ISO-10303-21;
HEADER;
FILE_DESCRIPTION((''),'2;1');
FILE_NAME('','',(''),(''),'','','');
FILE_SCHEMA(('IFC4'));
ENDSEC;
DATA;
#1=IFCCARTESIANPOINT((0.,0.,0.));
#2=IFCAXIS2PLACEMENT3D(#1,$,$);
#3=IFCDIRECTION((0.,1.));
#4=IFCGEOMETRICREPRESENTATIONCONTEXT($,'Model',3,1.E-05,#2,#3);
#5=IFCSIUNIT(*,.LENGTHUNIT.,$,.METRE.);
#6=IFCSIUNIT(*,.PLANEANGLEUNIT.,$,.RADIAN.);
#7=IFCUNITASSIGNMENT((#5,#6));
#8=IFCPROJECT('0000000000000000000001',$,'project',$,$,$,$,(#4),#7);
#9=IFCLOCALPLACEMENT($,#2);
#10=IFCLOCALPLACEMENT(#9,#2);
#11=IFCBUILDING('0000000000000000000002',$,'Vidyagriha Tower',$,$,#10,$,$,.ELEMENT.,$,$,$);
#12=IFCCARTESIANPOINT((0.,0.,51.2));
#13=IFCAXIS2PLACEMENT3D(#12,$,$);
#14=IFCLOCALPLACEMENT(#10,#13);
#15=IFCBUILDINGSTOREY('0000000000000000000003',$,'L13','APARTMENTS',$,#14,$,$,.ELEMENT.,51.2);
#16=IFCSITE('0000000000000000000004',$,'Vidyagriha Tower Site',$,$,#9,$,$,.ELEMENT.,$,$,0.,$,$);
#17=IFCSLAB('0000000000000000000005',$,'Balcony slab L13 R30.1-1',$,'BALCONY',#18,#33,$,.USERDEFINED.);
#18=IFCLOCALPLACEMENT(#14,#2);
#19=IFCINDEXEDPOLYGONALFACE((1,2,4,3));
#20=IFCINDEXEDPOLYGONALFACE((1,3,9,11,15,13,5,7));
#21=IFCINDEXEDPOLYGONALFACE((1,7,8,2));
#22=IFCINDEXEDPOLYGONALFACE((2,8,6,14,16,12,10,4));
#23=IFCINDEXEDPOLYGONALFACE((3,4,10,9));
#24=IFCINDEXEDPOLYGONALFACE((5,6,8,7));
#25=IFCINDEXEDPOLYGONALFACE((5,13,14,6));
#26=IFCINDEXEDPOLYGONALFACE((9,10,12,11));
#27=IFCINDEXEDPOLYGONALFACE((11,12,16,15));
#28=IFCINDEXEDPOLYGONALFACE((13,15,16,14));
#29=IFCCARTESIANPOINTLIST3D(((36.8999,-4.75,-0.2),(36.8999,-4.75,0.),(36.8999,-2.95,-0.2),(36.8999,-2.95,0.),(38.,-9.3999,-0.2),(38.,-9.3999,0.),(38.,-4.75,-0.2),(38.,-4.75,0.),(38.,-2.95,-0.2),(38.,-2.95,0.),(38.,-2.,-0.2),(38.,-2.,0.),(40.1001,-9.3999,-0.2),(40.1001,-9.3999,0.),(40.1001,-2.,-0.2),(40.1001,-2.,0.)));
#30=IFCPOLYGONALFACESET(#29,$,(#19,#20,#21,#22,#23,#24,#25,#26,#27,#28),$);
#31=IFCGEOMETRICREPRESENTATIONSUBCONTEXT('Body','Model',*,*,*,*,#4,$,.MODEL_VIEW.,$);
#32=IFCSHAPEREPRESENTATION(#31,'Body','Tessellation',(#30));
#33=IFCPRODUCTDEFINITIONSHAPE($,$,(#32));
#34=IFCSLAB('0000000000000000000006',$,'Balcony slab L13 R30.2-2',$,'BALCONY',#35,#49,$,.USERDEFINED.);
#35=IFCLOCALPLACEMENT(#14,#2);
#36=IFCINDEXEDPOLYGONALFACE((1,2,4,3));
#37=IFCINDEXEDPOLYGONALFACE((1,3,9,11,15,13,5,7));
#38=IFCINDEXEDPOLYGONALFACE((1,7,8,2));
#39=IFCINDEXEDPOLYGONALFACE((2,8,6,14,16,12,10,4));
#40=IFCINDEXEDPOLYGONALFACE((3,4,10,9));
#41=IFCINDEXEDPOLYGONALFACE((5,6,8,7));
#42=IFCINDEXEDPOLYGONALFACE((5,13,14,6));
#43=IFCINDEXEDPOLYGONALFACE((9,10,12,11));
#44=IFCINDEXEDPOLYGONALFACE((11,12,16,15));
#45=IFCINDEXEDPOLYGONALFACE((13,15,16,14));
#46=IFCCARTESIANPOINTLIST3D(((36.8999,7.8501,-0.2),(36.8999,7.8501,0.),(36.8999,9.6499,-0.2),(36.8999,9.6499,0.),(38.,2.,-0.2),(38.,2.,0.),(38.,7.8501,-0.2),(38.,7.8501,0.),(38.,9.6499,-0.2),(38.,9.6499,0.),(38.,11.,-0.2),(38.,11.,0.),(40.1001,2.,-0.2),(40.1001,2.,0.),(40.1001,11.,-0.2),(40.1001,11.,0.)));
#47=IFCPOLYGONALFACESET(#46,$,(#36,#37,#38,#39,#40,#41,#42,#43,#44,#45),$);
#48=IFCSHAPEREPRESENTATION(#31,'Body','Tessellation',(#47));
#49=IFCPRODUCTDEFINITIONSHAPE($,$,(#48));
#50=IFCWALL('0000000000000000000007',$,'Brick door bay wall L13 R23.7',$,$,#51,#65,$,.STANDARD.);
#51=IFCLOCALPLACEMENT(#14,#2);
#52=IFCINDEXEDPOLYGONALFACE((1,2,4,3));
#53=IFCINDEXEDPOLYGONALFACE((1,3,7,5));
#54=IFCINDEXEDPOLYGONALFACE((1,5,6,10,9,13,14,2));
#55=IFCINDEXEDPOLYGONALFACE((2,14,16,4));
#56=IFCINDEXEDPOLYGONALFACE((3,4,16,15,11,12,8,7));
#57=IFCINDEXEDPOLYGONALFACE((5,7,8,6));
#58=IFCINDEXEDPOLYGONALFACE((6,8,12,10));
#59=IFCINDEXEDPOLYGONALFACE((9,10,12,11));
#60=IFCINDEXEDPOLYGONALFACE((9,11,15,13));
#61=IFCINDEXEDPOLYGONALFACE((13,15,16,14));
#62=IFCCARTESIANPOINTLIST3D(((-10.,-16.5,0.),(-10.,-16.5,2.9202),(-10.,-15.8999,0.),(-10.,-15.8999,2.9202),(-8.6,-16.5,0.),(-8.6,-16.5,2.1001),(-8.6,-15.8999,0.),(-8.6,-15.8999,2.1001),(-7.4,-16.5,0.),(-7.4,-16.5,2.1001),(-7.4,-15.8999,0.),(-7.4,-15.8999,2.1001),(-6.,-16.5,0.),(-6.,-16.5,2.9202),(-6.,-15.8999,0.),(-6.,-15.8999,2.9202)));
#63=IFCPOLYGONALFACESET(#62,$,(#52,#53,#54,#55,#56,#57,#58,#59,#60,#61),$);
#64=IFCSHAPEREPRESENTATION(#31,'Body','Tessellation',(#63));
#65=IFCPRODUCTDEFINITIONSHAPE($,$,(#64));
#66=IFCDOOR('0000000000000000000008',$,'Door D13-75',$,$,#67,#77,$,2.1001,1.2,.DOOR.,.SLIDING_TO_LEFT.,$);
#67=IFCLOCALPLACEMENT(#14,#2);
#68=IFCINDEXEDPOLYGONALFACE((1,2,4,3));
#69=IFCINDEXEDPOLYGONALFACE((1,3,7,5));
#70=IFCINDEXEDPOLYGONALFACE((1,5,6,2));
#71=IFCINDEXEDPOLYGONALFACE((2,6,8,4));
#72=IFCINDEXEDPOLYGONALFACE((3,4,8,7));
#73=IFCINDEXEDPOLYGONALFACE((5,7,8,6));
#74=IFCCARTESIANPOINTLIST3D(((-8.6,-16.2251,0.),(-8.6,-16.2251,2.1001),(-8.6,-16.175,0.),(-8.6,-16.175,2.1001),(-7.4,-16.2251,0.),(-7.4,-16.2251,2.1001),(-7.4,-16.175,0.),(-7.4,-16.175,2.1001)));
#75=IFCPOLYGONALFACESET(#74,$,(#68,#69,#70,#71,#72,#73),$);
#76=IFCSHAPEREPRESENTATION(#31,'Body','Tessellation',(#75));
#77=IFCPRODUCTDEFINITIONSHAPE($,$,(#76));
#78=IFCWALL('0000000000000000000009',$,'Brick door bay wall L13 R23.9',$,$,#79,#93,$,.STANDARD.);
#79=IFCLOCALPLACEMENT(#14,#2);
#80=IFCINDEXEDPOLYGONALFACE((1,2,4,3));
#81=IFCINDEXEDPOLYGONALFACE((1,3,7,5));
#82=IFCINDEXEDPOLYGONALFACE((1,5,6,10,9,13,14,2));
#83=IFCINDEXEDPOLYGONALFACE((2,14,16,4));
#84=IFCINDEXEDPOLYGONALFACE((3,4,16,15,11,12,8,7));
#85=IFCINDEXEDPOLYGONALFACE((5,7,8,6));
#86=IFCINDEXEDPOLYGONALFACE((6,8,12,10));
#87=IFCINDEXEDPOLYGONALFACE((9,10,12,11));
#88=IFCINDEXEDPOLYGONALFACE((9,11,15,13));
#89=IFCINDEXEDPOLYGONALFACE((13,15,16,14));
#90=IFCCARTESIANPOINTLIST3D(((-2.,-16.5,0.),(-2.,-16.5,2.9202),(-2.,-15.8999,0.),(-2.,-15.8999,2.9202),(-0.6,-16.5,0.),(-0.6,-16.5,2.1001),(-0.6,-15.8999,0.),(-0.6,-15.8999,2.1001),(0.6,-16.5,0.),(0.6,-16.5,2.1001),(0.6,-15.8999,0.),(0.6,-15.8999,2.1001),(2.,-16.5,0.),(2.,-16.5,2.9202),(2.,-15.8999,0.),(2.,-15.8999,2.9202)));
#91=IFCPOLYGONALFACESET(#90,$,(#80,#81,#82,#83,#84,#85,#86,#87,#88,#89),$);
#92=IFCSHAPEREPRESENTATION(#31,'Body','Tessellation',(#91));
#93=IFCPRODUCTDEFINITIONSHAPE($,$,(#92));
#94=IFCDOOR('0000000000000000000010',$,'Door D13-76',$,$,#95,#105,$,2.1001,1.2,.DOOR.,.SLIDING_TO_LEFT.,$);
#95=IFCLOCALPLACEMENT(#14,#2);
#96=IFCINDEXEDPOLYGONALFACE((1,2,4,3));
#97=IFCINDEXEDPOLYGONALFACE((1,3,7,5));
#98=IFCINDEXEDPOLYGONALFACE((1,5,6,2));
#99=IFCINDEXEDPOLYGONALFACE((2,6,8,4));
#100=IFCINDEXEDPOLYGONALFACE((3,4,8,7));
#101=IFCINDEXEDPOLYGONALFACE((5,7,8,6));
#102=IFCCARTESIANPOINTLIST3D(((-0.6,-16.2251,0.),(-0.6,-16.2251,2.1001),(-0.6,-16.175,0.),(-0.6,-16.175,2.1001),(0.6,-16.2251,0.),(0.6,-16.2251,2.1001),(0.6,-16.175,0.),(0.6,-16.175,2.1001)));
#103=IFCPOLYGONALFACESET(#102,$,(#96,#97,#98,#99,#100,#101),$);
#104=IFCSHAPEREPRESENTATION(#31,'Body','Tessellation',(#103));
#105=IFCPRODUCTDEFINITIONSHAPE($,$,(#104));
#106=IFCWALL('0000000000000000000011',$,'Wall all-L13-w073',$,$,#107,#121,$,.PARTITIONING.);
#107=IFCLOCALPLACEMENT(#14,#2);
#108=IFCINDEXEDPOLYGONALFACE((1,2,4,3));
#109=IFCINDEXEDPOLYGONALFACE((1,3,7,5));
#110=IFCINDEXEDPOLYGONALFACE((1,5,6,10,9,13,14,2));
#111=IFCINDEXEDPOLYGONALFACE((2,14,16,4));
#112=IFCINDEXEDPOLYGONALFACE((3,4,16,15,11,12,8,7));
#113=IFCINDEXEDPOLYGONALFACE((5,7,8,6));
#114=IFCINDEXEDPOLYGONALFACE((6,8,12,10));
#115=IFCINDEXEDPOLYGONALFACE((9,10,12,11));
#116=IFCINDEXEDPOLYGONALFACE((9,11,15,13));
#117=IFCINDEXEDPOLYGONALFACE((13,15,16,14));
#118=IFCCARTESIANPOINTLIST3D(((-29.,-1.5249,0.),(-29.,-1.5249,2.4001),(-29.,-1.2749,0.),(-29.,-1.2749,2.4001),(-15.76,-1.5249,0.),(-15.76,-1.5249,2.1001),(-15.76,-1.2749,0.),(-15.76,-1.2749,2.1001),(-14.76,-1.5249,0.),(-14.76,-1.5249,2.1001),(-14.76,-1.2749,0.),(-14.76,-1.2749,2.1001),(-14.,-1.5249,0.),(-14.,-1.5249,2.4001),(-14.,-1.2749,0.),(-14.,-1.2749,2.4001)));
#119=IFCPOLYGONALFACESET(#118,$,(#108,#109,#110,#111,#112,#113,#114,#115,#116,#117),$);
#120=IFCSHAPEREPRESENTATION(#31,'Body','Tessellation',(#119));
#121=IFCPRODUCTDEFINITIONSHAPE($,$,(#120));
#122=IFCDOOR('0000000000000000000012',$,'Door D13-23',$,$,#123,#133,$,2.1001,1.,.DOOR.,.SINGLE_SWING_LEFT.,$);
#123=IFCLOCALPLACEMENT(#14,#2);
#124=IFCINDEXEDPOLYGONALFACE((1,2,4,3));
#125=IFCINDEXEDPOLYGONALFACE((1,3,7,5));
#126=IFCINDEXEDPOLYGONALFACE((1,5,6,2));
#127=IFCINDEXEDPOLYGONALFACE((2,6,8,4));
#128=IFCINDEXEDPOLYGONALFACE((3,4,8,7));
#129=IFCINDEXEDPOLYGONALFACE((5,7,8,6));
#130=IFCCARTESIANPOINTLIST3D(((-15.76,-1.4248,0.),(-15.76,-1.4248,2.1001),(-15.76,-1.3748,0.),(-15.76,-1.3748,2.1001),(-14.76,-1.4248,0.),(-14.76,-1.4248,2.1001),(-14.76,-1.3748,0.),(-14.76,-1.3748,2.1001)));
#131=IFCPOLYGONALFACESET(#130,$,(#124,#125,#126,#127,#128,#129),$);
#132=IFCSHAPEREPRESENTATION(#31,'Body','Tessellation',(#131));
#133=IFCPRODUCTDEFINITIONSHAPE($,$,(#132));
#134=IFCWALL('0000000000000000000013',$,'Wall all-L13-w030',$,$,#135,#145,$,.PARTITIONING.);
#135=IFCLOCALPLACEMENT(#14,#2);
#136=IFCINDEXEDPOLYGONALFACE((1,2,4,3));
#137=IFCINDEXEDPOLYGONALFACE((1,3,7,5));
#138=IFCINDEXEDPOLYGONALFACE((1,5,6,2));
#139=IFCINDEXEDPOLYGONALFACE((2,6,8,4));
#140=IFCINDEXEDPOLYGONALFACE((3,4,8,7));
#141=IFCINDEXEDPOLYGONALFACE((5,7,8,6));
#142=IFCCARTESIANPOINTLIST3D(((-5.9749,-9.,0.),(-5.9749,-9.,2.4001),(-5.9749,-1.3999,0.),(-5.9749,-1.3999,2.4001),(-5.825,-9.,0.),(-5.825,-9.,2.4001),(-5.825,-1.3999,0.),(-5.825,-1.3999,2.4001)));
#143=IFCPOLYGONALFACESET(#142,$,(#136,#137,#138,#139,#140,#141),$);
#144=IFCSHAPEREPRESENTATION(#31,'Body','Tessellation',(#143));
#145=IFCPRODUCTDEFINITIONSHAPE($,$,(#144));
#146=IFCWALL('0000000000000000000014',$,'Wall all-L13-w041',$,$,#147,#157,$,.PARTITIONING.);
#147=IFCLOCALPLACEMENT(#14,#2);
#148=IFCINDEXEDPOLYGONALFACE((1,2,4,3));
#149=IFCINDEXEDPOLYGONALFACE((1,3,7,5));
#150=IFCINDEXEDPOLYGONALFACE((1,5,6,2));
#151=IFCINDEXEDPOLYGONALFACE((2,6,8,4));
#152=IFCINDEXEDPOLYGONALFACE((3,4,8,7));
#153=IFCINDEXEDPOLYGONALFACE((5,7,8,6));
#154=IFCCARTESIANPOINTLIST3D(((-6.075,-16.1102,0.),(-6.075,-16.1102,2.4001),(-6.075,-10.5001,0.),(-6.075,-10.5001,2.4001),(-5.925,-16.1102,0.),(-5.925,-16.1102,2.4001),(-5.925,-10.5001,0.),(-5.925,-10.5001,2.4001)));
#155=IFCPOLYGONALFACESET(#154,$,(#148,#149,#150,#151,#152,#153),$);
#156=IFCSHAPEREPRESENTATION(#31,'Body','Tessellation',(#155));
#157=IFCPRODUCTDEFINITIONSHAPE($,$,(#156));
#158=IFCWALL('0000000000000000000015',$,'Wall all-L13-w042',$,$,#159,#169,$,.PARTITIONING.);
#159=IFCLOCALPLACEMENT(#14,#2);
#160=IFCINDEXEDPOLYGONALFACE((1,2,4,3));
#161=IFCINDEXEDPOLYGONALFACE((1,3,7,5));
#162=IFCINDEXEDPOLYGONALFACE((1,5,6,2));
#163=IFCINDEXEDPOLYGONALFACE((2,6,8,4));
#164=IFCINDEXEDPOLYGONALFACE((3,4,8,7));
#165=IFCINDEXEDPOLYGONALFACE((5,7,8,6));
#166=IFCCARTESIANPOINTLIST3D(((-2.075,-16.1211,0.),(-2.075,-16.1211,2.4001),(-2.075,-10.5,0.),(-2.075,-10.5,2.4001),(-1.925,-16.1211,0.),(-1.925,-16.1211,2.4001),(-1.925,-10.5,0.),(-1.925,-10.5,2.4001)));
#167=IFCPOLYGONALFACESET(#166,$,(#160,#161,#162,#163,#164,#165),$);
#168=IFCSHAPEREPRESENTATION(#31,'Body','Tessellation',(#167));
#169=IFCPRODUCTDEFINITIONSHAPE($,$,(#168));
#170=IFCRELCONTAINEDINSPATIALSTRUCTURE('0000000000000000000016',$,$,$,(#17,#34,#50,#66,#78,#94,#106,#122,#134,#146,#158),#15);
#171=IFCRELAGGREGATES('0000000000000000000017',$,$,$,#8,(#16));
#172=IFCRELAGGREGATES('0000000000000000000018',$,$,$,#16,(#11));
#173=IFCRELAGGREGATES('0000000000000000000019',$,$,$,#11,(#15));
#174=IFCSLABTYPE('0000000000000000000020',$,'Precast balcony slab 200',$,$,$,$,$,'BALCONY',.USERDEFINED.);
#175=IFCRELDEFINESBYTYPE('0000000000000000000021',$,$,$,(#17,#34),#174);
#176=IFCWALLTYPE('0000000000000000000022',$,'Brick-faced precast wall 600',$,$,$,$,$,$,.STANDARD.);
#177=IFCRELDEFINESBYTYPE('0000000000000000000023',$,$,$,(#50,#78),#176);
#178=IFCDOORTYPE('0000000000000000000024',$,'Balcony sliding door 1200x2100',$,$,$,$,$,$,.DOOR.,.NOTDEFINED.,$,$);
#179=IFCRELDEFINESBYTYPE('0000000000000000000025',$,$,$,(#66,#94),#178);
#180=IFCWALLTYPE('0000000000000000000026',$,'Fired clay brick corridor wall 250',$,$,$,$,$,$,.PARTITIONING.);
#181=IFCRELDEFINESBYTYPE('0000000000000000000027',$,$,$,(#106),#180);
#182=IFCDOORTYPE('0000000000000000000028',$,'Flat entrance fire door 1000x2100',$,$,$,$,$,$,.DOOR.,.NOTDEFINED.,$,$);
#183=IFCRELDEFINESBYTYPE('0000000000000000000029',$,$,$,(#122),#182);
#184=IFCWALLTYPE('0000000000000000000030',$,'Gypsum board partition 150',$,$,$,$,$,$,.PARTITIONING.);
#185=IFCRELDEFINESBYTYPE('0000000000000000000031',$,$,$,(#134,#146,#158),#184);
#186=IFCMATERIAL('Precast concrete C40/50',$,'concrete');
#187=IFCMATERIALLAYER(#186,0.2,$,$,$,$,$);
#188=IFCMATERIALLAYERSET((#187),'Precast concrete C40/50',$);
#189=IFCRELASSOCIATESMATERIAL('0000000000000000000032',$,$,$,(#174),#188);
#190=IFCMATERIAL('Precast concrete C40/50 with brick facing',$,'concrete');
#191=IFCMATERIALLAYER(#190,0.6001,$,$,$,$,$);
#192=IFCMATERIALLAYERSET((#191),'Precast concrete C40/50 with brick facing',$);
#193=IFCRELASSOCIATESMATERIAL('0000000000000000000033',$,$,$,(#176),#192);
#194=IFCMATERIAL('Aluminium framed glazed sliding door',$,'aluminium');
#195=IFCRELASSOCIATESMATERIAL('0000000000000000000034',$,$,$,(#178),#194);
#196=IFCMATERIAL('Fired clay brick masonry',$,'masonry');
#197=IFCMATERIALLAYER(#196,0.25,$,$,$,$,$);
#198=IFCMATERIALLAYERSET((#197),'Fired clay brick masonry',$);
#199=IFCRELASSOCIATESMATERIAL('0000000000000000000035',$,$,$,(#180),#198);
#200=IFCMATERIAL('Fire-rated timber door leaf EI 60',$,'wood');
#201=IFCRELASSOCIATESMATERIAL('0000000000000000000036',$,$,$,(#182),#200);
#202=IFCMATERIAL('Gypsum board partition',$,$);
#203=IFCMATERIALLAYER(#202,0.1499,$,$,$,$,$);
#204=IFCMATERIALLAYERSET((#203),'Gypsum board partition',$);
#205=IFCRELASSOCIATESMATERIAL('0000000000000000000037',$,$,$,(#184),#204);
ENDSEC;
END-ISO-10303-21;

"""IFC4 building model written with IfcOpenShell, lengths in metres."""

from ifc_helpers import new_model, si_unit, direction, frame, frame_2d, origin, place, context, subcontext, project, spatial, polyline, rectangle, outline, extrude, material, layer, layer_set, type_object, element, fill, save


model = new_model("IFC4")

# Units and contexts
model_context = context("Model", 3, precision=1e-05, world=origin(), true_north=direction((0.0, 1.0)))
body_context = subcontext(model_context, "Body", "Model", "MODEL_VIEW")
ifc_project = project(units=[si_unit("LENGTHUNIT", "METRE"), si_unit("PLANEANGLEUNIT", "RADIAN")], contexts=[model_context])

# Site, building, storey
site_placement = place(None, origin())
site = spatial("IfcSite", under=ifc_project, at=site_placement, Name="Vidyagriha Tower Site", CompositionType="ELEMENT", RefElevation=0.0)
building_placement = place(site_placement, origin())
building = spatial("IfcBuilding", under=site, at=building_placement, Name="Vidyagriha Tower", CompositionType="ELEMENT")
storey_placement = place(building_placement, frame((0.0, 0.0, 51.2)))
storey = spatial("IfcBuildingStorey", under=building, at=storey_placement, Name="L13", Description="APARTMENTS", CompositionType="ELEMENT", Elevation=51.2)

# Slabs
ifc_material_1 = material(Name="Precast concrete C40/50", Category="concrete")
ifc_layer_1 = layer(ifc_material_1, 0.2)
ifc_layer_set_1 = layer_set([ifc_layer_1], Name="Precast concrete C40/50")
slab_type_1 = type_object("IfcSlabType", Name="Precast balcony slab 200", ElementType="BALCONY", PredefinedType="USERDEFINED", material=ifc_layer_set_1)
slab_1_placement = place(storey_placement, frame((0.0, 0.0, -0.2)))
element("IfcSlab", 1, at=slab_1_placement, inside=storey, type_object=slab_type_1, Name="Balcony slab L13 R30.1-1", ObjectType="BALCONY", PredefinedType="USERDEFINED", context=body_context, shape_type="SweptSolid", body=[
    extrude(outline(polyline([(38.0, -4.75), (38.0, -9.3999), (40.1001, -9.3999), (40.1001, -2.0), (38.0, -2.0), (38.0, -2.95), (36.8999, -2.95), (36.8999, -4.75), (38.0, -4.75)])), origin(), (0.0, 0.0, 1.0), 0.2),
])
slab_2_placement = place(storey_placement, frame((0.0, 0.0, -0.2)))
element("IfcSlab", 2, at=slab_2_placement, inside=storey, type_object=slab_type_1, Name="Balcony slab L13 R30.2-2", ObjectType="BALCONY", PredefinedType="USERDEFINED", context=body_context, shape_type="SweptSolid", body=[
    extrude(outline(polyline([(38.0, 7.8501), (38.0, 2.0), (40.1001, 2.0), (40.1001, 11.0), (38.0, 11.0), (38.0, 9.6499), (36.8999, 9.6499), (36.8999, 7.8501), (38.0, 7.8501)])), origin(), (0.0, 0.0, 1.0), 0.2),
])

# Walls, openings, doors
ifc_material_2 = material(Name="Precast concrete C40/50 with brick facing", Category="concrete")
ifc_layer_2 = layer(ifc_material_2, 0.6001)
ifc_layer_set_2 = layer_set([ifc_layer_2], Name="Precast concrete C40/50 with brick facing")
wall_type_1 = type_object("IfcWallType", Name="Brick-faced precast wall 600", PredefinedType="STANDARD", material=ifc_layer_set_2)
wall_1_placement = place(storey_placement, frame((-10.0, -16.2, 0.0)))
wall_1 = element("IfcWall", 3, at=wall_1_placement, inside=storey, type_object=wall_type_1, Name="Brick door bay wall L13 R23.7", PredefinedType="STANDARD", context=body_context, shape_type="SweptSolid", body=[
    extrude(rectangle(XDim=4.0, YDim=0.6001, at=frame_2d((2.0, 0.0))), origin(), (0.0, 0.0, 1.0), 2.9202),
])
opening_1_placement = place(wall_1_placement, frame((1.3999, 0.0, 0.0)))
opening_1 = element("IfcOpeningElement", 4, at=opening_1_placement, cuts=wall_1, PredefinedType="OPENING", context=body_context, shape_type="SweptSolid", body=[
    extrude(rectangle(XDim=1.2, YDim=2.1001, at=frame_2d((0.6001, 1.05))), frame((0.0, 0.3101, 0.0), z_axis=(0.0, -1.0, 0.0), x_axis=(1.0, 0.0, 0.0)), (0.0, 0.0, 1.0), 0.6201),
])
ifc_material_3 = material(Name="Aluminium framed glazed sliding door", Category="aluminium")
door_type_1 = type_object("IfcDoorType", Name="Balcony sliding door 1200x2100", OperationType="NOTDEFINED", PredefinedType="DOOR", material=ifc_material_3)
door_1_placement = place(opening_1_placement, origin())
door_1 = element("IfcDoor", 5, at=door_1_placement, inside=storey, type_object=door_type_1, Name="Door D13-75", OperationType="SLIDING_TO_LEFT", OverallHeight=2.1001, OverallWidth=1.2, PredefinedType="DOOR", context=body_context, shape_type="SweptSolid", body=[
    extrude(rectangle(XDim=1.2, YDim=2.1001, at=frame_2d((0.6001, 1.05))), frame((0.0, 0.0249, 0.0), z_axis=(0.0, -1.0, 0.0), x_axis=(1.0, 0.0, 0.0)), (0.0, 0.0, 1.0), 0.05),
])
fill(opening_1, door_1)
wall_2_placement = place(storey_placement, frame((-2.0, -16.2, 0.0)))
wall_2 = element("IfcWall", 6, at=wall_2_placement, inside=storey, type_object=wall_type_1, Name="Brick door bay wall L13 R23.9", PredefinedType="STANDARD", context=body_context, shape_type="SweptSolid", body=[
    extrude(rectangle(XDim=4.0, YDim=0.6001, at=frame_2d((2.0, 0.0))), origin(), (0.0, 0.0, 1.0), 2.9202),
])
opening_2_placement = place(wall_2_placement, frame((1.3999, 0.0, 0.0)))
opening_2 = element("IfcOpeningElement", 7, at=opening_2_placement, cuts=wall_2, PredefinedType="OPENING", context=body_context, shape_type="SweptSolid", body=[
    extrude(rectangle(XDim=1.2, YDim=2.1001, at=frame_2d((0.6001, 1.05))), frame((0.0, 0.3101, 0.0), z_axis=(0.0, -1.0, 0.0), x_axis=(1.0, 0.0, 0.0)), (0.0, 0.0, 1.0), 0.6201),
])
door_2_placement = place(opening_2_placement, origin())
door_2 = element("IfcDoor", 8, at=door_2_placement, inside=storey, type_object=door_type_1, Name="Door D13-76", OperationType="SLIDING_TO_LEFT", OverallHeight=2.1001, OverallWidth=1.2, PredefinedType="DOOR", context=body_context, shape_type="SweptSolid", body=[
    extrude(rectangle(XDim=1.2, YDim=2.1001, at=frame_2d((0.6001, 1.05))), frame((0.0, 0.0249, 0.0), z_axis=(0.0, -1.0, 0.0), x_axis=(1.0, 0.0, 0.0)), (0.0, 0.0, 1.0), 0.05),
])
fill(opening_2, door_2)
ifc_material_4 = material(Name="Fired clay brick masonry", Category="masonry")
ifc_layer_3 = layer(ifc_material_4, 0.25)
ifc_layer_set_3 = layer_set([ifc_layer_3], Name="Fired clay brick masonry")
wall_type_2 = type_object("IfcWallType", Name="Fired clay brick corridor wall 250", PredefinedType="PARTITIONING", material=ifc_layer_set_3)
wall_3_placement = place(storey_placement, frame((-14.0, -1.3999, 0.0), z_axis=(0.0, 0.0, 1.0), x_axis=(-1.0, 0.0, 0.0)))
wall_3 = element("IfcWall", 9, at=wall_3_placement, inside=storey, type_object=wall_type_2, Name="Wall all-L13-w073", PredefinedType="PARTITIONING", context=body_context, shape_type="SweptSolid", body=[
    extrude(rectangle(XDim=15.0, YDim=0.25, at=frame_2d((7.5, 0.0))), origin(), (0.0, 0.0, 1.0), 2.4001),
])
opening_3_placement = place(wall_3_placement, frame((0.76, 0.0, 0.0)))
opening_3 = element("IfcOpeningElement", 10, at=opening_3_placement, cuts=wall_3, PredefinedType="OPENING", context=body_context, shape_type="SweptSolid", body=[
    extrude(rectangle(XDim=1.0, YDim=2.1001, at=frame_2d((0.5, 1.05))), frame((0.0, 0.135, 0.0), z_axis=(0.0, -1.0, 0.0), x_axis=(1.0, 0.0, 0.0)), (0.0, 0.0, 1.0), 0.27),
])
ifc_material_5 = material(Name="Fire-rated timber door leaf EI 60", Category="wood")
door_type_2 = type_object("IfcDoorType", Name="Flat entrance fire door 1000x2100", OperationType="NOTDEFINED", PredefinedType="DOOR", material=ifc_material_5)
door_3_placement = place(opening_3_placement, origin())
door_3 = element("IfcDoor", 11, at=door_3_placement, inside=storey, type_object=door_type_2, Name="Door D13-23", OperationType="SINGLE_SWING_LEFT", OverallHeight=2.1001, OverallWidth=1.0, PredefinedType="DOOR", context=body_context, shape_type="SweptSolid", body=[
    extrude(rectangle(XDim=1.0, YDim=2.1001, at=frame_2d((0.5, 1.05))), frame((0.0, 0.0249, 0.0), z_axis=(0.0, -1.0, 0.0), x_axis=(1.0, 0.0, 0.0)), (0.0, 0.0, 1.0), 0.05),
])
fill(opening_3, door_3)

# Walls
ifc_material_6 = material(Name="Gypsum board partition")
ifc_layer_4 = layer(ifc_material_6, 0.1499)
ifc_layer_set_4 = layer_set([ifc_layer_4], Name="Gypsum board partition")
wall_type_3 = type_object("IfcWallType", Name="Gypsum board partition 150", PredefinedType="PARTITIONING", material=ifc_layer_set_4)
wall_4_placement = place(storey_placement, frame((-5.8999, -9.0, 0.0), z_axis=(0.0, 0.0, 1.0), x_axis=(0.0, 1.0, 0.0)))
element("IfcWall", 12, at=wall_4_placement, inside=storey, type_object=wall_type_3, Name="Wall all-L13-w030", PredefinedType="PARTITIONING", context=body_context, shape_type="SweptSolid", body=[
    extrude(rectangle(XDim=7.6001, YDim=0.1499, at=frame_2d((3.8, 0.0))), origin(), (0.0, 0.0, 1.0), 2.4001),
])
wall_5_placement = place(storey_placement, frame((-6.0, -10.5, 0.0), z_axis=(0.0, 0.0, 1.0), x_axis=(0.0, -1.0, 0.0)))
element("IfcWall", 13, at=wall_5_placement, inside=storey, type_object=wall_type_3, Name="Wall all-L13-w041", PredefinedType="PARTITIONING", context=body_context, shape_type="SweptSolid", body=[
    extrude(rectangle(XDim=5.6101, YDim=0.1499, at=frame_2d((2.8052, 0.0))), origin(), (0.0, 0.0, 1.0), 2.4001),
])
wall_6_placement = place(storey_placement, frame((-2.0, -10.5, 0.0), z_axis=(0.0, 0.0, 1.0), x_axis=(0.0, -1.0, 0.0)))
element("IfcWall", 14, at=wall_6_placement, inside=storey, type_object=wall_type_3, Name="Wall all-L13-w042", PredefinedType="PARTITIONING", context=body_context, shape_type="SweptSolid", body=[
    extrude(rectangle(XDim=5.6211, YDim=0.1499, at=frame_2d((2.8105, 0.0))), origin(), (0.0, 0.0, 1.0), 2.4001),
])

save(model, "model.ifc")
